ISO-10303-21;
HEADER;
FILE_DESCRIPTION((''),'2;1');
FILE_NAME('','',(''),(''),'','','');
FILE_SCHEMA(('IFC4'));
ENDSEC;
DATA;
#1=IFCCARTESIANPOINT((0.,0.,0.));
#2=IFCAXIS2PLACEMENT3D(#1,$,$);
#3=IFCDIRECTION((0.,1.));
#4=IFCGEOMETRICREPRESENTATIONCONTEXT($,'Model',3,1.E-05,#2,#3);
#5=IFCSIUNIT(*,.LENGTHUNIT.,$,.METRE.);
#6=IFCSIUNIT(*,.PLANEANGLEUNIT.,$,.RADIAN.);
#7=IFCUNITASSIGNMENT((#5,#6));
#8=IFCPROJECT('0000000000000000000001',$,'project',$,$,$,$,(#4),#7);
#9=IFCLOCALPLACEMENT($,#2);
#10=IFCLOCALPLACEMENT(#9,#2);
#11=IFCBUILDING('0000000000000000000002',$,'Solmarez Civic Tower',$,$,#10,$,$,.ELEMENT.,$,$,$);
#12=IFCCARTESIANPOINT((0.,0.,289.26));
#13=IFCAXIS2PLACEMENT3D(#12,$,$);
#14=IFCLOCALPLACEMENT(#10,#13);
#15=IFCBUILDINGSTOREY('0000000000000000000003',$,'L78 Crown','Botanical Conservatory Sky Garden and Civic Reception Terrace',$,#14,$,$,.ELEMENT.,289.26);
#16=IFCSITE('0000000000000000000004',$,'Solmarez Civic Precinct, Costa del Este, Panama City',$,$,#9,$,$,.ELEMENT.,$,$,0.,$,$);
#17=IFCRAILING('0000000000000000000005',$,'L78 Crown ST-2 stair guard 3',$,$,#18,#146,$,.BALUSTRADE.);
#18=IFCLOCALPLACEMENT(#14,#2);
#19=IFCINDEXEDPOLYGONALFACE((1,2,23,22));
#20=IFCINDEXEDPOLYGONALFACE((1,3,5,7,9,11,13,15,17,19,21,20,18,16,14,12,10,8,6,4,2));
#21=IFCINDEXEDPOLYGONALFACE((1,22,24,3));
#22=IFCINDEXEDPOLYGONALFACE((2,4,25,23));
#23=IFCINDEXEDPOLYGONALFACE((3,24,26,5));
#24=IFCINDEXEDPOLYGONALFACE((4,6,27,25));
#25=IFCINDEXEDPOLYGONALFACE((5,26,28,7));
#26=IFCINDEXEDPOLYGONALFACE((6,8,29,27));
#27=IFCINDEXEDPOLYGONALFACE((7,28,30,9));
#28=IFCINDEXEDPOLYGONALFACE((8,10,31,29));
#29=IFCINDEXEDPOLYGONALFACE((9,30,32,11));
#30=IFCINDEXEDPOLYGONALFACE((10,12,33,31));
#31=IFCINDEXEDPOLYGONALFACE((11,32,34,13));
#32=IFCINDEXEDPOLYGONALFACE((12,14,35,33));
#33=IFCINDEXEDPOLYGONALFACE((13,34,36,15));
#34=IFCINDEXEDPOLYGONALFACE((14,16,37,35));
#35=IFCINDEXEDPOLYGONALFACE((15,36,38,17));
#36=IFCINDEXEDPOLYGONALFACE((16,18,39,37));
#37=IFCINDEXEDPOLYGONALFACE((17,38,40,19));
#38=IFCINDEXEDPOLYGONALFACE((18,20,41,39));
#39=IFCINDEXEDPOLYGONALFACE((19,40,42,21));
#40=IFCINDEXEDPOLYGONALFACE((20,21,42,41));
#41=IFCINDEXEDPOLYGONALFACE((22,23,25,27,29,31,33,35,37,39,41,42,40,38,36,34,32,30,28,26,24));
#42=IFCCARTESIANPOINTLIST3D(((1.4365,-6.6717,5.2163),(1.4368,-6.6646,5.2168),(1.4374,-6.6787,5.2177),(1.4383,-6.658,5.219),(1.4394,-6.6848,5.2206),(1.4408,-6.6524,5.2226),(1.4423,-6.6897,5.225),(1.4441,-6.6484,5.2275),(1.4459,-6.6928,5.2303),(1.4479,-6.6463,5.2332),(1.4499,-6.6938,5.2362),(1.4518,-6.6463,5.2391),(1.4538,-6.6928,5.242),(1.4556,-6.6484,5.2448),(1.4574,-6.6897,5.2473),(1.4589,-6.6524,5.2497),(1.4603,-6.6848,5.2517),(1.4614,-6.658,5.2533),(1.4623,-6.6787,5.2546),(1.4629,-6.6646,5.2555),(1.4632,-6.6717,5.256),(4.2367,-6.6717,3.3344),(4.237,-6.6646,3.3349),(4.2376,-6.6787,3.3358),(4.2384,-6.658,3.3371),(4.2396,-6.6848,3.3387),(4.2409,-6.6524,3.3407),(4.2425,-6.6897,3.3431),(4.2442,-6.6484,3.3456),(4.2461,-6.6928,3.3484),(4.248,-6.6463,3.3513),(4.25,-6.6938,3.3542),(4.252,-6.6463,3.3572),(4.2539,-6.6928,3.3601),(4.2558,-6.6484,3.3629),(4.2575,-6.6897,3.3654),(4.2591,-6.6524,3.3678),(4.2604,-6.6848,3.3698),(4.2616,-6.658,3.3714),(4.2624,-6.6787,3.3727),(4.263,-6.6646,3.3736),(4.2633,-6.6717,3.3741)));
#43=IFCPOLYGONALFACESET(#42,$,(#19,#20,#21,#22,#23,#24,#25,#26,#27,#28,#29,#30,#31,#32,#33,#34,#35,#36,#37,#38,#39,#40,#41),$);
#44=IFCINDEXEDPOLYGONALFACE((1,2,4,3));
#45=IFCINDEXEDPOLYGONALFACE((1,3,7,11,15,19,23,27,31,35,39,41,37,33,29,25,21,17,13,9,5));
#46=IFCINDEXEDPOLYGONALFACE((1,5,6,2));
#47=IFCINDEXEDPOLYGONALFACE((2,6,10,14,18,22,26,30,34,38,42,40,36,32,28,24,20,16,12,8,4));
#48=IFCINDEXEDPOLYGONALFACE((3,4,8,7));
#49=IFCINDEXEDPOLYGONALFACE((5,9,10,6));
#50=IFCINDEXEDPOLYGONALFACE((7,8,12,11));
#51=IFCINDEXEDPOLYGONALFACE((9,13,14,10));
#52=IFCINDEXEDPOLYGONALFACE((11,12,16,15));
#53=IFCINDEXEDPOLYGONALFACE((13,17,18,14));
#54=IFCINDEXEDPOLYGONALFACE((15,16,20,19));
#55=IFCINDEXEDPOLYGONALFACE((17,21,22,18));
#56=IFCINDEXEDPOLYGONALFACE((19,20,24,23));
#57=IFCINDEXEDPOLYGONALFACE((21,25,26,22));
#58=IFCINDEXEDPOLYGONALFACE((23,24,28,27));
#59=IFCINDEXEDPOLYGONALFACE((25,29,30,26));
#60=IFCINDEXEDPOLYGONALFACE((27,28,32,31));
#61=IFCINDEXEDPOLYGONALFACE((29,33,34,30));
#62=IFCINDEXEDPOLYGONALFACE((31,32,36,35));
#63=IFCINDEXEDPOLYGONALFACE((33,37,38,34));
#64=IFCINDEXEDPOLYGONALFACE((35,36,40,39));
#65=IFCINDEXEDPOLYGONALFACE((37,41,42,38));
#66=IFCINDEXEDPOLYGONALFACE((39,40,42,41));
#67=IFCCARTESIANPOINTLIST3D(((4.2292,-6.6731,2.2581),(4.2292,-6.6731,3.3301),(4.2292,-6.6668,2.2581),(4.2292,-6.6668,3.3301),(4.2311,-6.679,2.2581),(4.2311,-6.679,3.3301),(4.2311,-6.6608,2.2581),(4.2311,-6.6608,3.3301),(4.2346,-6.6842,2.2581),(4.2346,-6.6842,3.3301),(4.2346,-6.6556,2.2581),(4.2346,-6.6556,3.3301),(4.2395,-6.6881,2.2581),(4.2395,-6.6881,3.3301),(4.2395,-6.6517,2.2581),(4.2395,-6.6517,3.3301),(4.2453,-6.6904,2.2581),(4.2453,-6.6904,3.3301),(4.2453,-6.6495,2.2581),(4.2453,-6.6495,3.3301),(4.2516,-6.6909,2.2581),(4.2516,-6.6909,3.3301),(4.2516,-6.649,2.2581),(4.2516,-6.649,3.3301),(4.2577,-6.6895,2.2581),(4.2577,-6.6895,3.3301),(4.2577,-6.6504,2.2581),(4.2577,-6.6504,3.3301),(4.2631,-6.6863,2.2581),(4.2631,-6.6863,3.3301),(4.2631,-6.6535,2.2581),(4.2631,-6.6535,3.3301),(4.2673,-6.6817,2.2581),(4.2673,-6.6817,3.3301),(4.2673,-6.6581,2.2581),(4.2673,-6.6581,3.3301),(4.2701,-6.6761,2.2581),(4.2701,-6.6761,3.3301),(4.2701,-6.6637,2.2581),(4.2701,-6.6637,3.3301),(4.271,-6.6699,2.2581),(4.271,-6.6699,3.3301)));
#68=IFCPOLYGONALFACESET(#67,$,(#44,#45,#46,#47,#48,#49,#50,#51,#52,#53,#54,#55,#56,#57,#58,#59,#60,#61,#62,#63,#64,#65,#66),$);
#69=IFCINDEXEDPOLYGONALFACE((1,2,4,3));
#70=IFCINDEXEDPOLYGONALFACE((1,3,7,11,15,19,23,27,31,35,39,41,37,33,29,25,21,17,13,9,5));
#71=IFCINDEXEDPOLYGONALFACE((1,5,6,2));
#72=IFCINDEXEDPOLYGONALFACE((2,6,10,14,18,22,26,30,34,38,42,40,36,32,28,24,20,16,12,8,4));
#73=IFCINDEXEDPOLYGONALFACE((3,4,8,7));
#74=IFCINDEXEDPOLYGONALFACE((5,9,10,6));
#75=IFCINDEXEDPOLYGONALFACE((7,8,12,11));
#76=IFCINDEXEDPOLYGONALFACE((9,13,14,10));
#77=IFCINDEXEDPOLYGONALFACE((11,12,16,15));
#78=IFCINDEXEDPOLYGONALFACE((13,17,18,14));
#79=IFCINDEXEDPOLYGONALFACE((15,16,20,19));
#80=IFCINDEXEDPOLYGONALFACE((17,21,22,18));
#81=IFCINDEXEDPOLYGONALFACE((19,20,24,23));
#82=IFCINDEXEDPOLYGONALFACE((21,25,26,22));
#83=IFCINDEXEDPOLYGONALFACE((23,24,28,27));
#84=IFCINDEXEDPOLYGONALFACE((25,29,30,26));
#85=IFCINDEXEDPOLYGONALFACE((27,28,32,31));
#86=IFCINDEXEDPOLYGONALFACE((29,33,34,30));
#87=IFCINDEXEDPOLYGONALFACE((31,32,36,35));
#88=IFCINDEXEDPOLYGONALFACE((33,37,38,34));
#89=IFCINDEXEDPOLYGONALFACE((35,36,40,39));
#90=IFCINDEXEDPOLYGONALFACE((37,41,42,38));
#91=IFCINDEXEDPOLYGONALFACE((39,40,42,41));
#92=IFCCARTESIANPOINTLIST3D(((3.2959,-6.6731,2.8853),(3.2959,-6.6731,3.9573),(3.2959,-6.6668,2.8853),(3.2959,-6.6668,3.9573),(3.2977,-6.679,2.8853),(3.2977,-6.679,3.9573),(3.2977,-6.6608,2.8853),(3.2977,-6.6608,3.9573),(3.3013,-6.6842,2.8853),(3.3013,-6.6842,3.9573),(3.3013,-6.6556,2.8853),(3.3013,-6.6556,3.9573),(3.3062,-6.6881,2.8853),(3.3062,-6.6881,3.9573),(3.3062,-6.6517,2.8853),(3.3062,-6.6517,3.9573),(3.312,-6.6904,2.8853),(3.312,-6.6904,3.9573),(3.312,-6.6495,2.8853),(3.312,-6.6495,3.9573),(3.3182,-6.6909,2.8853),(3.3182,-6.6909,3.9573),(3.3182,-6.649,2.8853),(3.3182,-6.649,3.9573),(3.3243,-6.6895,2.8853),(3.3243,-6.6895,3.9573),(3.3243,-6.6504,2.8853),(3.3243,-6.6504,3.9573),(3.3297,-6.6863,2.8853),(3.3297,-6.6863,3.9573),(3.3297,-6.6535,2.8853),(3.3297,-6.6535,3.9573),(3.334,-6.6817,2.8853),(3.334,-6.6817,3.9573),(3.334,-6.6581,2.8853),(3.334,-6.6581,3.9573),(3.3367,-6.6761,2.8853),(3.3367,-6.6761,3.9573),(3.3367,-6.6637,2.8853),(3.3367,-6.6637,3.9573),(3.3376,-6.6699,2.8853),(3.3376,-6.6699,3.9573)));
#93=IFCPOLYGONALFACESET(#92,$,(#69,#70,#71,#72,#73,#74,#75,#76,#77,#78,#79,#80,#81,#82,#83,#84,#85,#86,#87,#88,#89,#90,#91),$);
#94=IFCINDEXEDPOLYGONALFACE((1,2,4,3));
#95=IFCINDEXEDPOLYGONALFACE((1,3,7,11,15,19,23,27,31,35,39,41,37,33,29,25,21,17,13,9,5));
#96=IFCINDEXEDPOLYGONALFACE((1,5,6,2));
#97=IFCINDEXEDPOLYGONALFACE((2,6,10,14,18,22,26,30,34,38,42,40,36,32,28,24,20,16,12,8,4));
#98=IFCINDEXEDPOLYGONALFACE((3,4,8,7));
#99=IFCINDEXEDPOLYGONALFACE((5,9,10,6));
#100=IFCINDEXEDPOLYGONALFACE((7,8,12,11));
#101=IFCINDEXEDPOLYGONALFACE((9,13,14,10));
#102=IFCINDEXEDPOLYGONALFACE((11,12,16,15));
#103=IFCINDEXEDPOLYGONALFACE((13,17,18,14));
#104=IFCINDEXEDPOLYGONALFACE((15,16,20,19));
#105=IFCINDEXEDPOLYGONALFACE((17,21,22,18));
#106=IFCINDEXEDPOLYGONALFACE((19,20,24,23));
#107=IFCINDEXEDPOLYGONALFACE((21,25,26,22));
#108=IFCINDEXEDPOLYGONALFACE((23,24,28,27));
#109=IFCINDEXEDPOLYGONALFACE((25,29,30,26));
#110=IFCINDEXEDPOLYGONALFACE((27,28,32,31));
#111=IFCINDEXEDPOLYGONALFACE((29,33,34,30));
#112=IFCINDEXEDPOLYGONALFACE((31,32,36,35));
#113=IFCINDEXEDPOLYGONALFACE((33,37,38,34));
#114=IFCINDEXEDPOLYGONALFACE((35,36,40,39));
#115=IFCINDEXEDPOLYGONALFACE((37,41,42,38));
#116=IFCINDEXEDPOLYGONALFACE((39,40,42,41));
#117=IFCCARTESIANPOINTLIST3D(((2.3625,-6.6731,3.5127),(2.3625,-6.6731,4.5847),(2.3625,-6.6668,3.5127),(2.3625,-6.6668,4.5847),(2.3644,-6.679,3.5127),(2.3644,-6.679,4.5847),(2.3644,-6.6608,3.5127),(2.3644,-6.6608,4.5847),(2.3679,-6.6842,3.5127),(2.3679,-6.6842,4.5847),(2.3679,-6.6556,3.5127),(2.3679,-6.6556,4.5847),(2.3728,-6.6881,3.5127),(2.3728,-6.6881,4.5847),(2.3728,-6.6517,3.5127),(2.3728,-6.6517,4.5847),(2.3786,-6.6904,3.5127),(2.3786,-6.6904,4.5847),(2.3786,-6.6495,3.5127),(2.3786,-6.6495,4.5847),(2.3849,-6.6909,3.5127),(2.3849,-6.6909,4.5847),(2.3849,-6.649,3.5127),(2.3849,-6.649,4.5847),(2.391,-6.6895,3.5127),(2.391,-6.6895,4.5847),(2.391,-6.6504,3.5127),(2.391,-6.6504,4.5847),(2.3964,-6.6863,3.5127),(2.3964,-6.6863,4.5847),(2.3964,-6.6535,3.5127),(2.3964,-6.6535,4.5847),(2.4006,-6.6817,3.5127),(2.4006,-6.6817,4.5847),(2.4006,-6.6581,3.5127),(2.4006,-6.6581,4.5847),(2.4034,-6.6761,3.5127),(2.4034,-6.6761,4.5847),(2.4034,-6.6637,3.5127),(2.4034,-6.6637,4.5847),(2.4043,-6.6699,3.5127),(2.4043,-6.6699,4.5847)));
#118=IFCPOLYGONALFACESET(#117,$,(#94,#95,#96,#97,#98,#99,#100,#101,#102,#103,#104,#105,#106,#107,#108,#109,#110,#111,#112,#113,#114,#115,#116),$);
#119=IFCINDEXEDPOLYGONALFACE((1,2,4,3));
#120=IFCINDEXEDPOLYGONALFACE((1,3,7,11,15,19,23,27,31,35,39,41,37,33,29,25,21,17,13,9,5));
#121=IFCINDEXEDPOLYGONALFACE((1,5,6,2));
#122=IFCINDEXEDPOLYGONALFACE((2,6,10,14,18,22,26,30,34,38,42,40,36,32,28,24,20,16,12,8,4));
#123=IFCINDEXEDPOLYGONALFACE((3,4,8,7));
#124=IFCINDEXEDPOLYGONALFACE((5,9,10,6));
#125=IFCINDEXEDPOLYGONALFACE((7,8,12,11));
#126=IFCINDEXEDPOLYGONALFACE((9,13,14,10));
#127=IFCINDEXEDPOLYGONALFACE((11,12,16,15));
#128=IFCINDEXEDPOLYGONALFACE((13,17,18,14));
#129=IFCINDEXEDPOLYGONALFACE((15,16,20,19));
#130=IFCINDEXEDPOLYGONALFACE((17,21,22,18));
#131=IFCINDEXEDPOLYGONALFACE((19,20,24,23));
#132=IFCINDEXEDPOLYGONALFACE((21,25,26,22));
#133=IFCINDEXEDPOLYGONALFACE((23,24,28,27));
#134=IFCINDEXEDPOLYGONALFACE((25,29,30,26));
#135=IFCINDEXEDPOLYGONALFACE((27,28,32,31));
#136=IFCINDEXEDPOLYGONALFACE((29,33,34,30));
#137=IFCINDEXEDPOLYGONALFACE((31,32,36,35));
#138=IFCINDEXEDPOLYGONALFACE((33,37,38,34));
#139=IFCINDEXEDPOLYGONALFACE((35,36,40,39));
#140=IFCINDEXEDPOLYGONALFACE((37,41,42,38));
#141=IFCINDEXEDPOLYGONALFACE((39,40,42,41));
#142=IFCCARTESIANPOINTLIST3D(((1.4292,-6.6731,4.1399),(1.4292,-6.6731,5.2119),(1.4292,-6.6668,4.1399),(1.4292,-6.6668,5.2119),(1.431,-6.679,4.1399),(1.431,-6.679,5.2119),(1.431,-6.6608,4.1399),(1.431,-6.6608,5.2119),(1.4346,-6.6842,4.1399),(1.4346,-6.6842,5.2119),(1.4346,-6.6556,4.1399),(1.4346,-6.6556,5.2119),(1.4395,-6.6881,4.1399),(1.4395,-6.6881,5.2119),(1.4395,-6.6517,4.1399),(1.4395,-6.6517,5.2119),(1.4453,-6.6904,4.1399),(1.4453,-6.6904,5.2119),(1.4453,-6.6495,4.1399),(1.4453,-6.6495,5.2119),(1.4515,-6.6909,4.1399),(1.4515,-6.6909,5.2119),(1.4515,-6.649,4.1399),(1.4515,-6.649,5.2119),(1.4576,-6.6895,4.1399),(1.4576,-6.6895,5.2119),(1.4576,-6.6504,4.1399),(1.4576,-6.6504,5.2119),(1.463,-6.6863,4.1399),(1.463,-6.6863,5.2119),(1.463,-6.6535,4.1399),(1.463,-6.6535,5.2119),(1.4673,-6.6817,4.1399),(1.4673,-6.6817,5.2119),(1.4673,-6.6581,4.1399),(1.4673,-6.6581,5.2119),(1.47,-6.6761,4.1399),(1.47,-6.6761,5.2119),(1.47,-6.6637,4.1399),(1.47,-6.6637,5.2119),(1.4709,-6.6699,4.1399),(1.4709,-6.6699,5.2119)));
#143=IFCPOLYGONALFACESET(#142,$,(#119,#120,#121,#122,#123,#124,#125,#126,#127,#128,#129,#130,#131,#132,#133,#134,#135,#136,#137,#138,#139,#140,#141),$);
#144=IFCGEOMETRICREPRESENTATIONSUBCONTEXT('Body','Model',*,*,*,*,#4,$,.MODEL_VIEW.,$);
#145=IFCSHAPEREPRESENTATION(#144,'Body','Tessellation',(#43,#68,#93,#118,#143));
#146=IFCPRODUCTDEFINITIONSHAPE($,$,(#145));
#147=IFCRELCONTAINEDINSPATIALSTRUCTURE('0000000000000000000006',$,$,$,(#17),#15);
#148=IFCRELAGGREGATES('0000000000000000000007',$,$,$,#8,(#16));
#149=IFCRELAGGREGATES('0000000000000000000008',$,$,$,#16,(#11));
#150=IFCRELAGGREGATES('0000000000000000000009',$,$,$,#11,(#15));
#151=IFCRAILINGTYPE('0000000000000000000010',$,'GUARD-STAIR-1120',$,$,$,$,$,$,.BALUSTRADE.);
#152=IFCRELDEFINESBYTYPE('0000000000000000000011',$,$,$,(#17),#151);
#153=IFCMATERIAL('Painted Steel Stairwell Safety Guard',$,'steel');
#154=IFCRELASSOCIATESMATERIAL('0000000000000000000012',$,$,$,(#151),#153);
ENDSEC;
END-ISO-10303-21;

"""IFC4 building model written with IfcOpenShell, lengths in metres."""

from ifc_helpers import new_model, si_unit, direction, frame, origin, origin_2d, place, context, subcontext, project, spatial, circle, extrude, material, type_object, element, save


model = new_model("IFC4")

# Units and contexts
model_context = context("Model", 3, precision=1e-05, world=origin(), true_north=direction((0.0, 1.0)))
body_context = subcontext(model_context, "Body", "Model", "MODEL_VIEW")
ifc_project = project(units=[si_unit("LENGTHUNIT", "METRE"), si_unit("PLANEANGLEUNIT", "RADIAN")], contexts=[model_context])

# Site, building, storey
site_placement = place(None, origin())
site = spatial("IfcSite", under=ifc_project, at=site_placement, Name="Solmarez Civic Precinct, Costa del Este, Panama City", CompositionType="ELEMENT", RefElevation=0.0)
building_placement = place(site_placement, origin())
building = spatial("IfcBuilding", under=site, at=building_placement, Name="Solmarez Civic Tower", CompositionType="ELEMENT")
storey_placement = place(building_placement, frame((0.0, 0.0, 289.26)))
storey = spatial("IfcBuildingStorey", under=building, at=storey_placement, Name="L78 Crown", Description="Botanical Conservatory Sky Garden and Civic Reception Terrace", CompositionType="ELEMENT", Elevation=289.26)

# Railing
ifc_material_1 = material(Name="Painted Steel Stairwell Safety Guard", Category="steel")
railing_type_1 = type_object("IfcRailingType", Name="GUARD-STAIR-1120", PredefinedType="BALUSTRADE", material=ifc_material_1)
railing_1_placement = place(storey_placement, frame((4.25, -6.6699, 2.2581)))
element("IfcRailing", 1, at=railing_1_placement, inside=storey, type_object=railing_type_1, Name="L78 Crown ST-2 stair guard 3", PredefinedType="BALUSTRADE", context=body_context, shape_type="SweptSolid", body=[
    extrude(circle(Radius=0.0239, at=origin_2d()), frame((0.0, 0.0, 1.0962), z_axis=(-0.829974, 0.0, 0.557803), x_axis=(0.0, -1.0, 0.0)), (0.0, 0.0, 1.0), 3.3738),
    extrude(circle(Radius=0.021, at=origin_2d()), origin(), (0.0, 0.0, 1.0), 1.072),
    extrude(circle(Radius=0.021, at=origin_2d()), frame((-0.9333, 0.0, 0.6272)), (0.0, 0.0, 1.0), 1.072),
    extrude(circle(Radius=0.021, at=origin_2d()), frame((-1.8667, 0.0, 1.2546)), (0.0, 0.0, 1.0), 1.072),
    extrude(circle(Radius=0.021, at=origin_2d()), frame((-2.8, 0.0, 1.8818)), (0.0, 0.0, 1.0), 1.072),
])

save(model, "model.ifc")
